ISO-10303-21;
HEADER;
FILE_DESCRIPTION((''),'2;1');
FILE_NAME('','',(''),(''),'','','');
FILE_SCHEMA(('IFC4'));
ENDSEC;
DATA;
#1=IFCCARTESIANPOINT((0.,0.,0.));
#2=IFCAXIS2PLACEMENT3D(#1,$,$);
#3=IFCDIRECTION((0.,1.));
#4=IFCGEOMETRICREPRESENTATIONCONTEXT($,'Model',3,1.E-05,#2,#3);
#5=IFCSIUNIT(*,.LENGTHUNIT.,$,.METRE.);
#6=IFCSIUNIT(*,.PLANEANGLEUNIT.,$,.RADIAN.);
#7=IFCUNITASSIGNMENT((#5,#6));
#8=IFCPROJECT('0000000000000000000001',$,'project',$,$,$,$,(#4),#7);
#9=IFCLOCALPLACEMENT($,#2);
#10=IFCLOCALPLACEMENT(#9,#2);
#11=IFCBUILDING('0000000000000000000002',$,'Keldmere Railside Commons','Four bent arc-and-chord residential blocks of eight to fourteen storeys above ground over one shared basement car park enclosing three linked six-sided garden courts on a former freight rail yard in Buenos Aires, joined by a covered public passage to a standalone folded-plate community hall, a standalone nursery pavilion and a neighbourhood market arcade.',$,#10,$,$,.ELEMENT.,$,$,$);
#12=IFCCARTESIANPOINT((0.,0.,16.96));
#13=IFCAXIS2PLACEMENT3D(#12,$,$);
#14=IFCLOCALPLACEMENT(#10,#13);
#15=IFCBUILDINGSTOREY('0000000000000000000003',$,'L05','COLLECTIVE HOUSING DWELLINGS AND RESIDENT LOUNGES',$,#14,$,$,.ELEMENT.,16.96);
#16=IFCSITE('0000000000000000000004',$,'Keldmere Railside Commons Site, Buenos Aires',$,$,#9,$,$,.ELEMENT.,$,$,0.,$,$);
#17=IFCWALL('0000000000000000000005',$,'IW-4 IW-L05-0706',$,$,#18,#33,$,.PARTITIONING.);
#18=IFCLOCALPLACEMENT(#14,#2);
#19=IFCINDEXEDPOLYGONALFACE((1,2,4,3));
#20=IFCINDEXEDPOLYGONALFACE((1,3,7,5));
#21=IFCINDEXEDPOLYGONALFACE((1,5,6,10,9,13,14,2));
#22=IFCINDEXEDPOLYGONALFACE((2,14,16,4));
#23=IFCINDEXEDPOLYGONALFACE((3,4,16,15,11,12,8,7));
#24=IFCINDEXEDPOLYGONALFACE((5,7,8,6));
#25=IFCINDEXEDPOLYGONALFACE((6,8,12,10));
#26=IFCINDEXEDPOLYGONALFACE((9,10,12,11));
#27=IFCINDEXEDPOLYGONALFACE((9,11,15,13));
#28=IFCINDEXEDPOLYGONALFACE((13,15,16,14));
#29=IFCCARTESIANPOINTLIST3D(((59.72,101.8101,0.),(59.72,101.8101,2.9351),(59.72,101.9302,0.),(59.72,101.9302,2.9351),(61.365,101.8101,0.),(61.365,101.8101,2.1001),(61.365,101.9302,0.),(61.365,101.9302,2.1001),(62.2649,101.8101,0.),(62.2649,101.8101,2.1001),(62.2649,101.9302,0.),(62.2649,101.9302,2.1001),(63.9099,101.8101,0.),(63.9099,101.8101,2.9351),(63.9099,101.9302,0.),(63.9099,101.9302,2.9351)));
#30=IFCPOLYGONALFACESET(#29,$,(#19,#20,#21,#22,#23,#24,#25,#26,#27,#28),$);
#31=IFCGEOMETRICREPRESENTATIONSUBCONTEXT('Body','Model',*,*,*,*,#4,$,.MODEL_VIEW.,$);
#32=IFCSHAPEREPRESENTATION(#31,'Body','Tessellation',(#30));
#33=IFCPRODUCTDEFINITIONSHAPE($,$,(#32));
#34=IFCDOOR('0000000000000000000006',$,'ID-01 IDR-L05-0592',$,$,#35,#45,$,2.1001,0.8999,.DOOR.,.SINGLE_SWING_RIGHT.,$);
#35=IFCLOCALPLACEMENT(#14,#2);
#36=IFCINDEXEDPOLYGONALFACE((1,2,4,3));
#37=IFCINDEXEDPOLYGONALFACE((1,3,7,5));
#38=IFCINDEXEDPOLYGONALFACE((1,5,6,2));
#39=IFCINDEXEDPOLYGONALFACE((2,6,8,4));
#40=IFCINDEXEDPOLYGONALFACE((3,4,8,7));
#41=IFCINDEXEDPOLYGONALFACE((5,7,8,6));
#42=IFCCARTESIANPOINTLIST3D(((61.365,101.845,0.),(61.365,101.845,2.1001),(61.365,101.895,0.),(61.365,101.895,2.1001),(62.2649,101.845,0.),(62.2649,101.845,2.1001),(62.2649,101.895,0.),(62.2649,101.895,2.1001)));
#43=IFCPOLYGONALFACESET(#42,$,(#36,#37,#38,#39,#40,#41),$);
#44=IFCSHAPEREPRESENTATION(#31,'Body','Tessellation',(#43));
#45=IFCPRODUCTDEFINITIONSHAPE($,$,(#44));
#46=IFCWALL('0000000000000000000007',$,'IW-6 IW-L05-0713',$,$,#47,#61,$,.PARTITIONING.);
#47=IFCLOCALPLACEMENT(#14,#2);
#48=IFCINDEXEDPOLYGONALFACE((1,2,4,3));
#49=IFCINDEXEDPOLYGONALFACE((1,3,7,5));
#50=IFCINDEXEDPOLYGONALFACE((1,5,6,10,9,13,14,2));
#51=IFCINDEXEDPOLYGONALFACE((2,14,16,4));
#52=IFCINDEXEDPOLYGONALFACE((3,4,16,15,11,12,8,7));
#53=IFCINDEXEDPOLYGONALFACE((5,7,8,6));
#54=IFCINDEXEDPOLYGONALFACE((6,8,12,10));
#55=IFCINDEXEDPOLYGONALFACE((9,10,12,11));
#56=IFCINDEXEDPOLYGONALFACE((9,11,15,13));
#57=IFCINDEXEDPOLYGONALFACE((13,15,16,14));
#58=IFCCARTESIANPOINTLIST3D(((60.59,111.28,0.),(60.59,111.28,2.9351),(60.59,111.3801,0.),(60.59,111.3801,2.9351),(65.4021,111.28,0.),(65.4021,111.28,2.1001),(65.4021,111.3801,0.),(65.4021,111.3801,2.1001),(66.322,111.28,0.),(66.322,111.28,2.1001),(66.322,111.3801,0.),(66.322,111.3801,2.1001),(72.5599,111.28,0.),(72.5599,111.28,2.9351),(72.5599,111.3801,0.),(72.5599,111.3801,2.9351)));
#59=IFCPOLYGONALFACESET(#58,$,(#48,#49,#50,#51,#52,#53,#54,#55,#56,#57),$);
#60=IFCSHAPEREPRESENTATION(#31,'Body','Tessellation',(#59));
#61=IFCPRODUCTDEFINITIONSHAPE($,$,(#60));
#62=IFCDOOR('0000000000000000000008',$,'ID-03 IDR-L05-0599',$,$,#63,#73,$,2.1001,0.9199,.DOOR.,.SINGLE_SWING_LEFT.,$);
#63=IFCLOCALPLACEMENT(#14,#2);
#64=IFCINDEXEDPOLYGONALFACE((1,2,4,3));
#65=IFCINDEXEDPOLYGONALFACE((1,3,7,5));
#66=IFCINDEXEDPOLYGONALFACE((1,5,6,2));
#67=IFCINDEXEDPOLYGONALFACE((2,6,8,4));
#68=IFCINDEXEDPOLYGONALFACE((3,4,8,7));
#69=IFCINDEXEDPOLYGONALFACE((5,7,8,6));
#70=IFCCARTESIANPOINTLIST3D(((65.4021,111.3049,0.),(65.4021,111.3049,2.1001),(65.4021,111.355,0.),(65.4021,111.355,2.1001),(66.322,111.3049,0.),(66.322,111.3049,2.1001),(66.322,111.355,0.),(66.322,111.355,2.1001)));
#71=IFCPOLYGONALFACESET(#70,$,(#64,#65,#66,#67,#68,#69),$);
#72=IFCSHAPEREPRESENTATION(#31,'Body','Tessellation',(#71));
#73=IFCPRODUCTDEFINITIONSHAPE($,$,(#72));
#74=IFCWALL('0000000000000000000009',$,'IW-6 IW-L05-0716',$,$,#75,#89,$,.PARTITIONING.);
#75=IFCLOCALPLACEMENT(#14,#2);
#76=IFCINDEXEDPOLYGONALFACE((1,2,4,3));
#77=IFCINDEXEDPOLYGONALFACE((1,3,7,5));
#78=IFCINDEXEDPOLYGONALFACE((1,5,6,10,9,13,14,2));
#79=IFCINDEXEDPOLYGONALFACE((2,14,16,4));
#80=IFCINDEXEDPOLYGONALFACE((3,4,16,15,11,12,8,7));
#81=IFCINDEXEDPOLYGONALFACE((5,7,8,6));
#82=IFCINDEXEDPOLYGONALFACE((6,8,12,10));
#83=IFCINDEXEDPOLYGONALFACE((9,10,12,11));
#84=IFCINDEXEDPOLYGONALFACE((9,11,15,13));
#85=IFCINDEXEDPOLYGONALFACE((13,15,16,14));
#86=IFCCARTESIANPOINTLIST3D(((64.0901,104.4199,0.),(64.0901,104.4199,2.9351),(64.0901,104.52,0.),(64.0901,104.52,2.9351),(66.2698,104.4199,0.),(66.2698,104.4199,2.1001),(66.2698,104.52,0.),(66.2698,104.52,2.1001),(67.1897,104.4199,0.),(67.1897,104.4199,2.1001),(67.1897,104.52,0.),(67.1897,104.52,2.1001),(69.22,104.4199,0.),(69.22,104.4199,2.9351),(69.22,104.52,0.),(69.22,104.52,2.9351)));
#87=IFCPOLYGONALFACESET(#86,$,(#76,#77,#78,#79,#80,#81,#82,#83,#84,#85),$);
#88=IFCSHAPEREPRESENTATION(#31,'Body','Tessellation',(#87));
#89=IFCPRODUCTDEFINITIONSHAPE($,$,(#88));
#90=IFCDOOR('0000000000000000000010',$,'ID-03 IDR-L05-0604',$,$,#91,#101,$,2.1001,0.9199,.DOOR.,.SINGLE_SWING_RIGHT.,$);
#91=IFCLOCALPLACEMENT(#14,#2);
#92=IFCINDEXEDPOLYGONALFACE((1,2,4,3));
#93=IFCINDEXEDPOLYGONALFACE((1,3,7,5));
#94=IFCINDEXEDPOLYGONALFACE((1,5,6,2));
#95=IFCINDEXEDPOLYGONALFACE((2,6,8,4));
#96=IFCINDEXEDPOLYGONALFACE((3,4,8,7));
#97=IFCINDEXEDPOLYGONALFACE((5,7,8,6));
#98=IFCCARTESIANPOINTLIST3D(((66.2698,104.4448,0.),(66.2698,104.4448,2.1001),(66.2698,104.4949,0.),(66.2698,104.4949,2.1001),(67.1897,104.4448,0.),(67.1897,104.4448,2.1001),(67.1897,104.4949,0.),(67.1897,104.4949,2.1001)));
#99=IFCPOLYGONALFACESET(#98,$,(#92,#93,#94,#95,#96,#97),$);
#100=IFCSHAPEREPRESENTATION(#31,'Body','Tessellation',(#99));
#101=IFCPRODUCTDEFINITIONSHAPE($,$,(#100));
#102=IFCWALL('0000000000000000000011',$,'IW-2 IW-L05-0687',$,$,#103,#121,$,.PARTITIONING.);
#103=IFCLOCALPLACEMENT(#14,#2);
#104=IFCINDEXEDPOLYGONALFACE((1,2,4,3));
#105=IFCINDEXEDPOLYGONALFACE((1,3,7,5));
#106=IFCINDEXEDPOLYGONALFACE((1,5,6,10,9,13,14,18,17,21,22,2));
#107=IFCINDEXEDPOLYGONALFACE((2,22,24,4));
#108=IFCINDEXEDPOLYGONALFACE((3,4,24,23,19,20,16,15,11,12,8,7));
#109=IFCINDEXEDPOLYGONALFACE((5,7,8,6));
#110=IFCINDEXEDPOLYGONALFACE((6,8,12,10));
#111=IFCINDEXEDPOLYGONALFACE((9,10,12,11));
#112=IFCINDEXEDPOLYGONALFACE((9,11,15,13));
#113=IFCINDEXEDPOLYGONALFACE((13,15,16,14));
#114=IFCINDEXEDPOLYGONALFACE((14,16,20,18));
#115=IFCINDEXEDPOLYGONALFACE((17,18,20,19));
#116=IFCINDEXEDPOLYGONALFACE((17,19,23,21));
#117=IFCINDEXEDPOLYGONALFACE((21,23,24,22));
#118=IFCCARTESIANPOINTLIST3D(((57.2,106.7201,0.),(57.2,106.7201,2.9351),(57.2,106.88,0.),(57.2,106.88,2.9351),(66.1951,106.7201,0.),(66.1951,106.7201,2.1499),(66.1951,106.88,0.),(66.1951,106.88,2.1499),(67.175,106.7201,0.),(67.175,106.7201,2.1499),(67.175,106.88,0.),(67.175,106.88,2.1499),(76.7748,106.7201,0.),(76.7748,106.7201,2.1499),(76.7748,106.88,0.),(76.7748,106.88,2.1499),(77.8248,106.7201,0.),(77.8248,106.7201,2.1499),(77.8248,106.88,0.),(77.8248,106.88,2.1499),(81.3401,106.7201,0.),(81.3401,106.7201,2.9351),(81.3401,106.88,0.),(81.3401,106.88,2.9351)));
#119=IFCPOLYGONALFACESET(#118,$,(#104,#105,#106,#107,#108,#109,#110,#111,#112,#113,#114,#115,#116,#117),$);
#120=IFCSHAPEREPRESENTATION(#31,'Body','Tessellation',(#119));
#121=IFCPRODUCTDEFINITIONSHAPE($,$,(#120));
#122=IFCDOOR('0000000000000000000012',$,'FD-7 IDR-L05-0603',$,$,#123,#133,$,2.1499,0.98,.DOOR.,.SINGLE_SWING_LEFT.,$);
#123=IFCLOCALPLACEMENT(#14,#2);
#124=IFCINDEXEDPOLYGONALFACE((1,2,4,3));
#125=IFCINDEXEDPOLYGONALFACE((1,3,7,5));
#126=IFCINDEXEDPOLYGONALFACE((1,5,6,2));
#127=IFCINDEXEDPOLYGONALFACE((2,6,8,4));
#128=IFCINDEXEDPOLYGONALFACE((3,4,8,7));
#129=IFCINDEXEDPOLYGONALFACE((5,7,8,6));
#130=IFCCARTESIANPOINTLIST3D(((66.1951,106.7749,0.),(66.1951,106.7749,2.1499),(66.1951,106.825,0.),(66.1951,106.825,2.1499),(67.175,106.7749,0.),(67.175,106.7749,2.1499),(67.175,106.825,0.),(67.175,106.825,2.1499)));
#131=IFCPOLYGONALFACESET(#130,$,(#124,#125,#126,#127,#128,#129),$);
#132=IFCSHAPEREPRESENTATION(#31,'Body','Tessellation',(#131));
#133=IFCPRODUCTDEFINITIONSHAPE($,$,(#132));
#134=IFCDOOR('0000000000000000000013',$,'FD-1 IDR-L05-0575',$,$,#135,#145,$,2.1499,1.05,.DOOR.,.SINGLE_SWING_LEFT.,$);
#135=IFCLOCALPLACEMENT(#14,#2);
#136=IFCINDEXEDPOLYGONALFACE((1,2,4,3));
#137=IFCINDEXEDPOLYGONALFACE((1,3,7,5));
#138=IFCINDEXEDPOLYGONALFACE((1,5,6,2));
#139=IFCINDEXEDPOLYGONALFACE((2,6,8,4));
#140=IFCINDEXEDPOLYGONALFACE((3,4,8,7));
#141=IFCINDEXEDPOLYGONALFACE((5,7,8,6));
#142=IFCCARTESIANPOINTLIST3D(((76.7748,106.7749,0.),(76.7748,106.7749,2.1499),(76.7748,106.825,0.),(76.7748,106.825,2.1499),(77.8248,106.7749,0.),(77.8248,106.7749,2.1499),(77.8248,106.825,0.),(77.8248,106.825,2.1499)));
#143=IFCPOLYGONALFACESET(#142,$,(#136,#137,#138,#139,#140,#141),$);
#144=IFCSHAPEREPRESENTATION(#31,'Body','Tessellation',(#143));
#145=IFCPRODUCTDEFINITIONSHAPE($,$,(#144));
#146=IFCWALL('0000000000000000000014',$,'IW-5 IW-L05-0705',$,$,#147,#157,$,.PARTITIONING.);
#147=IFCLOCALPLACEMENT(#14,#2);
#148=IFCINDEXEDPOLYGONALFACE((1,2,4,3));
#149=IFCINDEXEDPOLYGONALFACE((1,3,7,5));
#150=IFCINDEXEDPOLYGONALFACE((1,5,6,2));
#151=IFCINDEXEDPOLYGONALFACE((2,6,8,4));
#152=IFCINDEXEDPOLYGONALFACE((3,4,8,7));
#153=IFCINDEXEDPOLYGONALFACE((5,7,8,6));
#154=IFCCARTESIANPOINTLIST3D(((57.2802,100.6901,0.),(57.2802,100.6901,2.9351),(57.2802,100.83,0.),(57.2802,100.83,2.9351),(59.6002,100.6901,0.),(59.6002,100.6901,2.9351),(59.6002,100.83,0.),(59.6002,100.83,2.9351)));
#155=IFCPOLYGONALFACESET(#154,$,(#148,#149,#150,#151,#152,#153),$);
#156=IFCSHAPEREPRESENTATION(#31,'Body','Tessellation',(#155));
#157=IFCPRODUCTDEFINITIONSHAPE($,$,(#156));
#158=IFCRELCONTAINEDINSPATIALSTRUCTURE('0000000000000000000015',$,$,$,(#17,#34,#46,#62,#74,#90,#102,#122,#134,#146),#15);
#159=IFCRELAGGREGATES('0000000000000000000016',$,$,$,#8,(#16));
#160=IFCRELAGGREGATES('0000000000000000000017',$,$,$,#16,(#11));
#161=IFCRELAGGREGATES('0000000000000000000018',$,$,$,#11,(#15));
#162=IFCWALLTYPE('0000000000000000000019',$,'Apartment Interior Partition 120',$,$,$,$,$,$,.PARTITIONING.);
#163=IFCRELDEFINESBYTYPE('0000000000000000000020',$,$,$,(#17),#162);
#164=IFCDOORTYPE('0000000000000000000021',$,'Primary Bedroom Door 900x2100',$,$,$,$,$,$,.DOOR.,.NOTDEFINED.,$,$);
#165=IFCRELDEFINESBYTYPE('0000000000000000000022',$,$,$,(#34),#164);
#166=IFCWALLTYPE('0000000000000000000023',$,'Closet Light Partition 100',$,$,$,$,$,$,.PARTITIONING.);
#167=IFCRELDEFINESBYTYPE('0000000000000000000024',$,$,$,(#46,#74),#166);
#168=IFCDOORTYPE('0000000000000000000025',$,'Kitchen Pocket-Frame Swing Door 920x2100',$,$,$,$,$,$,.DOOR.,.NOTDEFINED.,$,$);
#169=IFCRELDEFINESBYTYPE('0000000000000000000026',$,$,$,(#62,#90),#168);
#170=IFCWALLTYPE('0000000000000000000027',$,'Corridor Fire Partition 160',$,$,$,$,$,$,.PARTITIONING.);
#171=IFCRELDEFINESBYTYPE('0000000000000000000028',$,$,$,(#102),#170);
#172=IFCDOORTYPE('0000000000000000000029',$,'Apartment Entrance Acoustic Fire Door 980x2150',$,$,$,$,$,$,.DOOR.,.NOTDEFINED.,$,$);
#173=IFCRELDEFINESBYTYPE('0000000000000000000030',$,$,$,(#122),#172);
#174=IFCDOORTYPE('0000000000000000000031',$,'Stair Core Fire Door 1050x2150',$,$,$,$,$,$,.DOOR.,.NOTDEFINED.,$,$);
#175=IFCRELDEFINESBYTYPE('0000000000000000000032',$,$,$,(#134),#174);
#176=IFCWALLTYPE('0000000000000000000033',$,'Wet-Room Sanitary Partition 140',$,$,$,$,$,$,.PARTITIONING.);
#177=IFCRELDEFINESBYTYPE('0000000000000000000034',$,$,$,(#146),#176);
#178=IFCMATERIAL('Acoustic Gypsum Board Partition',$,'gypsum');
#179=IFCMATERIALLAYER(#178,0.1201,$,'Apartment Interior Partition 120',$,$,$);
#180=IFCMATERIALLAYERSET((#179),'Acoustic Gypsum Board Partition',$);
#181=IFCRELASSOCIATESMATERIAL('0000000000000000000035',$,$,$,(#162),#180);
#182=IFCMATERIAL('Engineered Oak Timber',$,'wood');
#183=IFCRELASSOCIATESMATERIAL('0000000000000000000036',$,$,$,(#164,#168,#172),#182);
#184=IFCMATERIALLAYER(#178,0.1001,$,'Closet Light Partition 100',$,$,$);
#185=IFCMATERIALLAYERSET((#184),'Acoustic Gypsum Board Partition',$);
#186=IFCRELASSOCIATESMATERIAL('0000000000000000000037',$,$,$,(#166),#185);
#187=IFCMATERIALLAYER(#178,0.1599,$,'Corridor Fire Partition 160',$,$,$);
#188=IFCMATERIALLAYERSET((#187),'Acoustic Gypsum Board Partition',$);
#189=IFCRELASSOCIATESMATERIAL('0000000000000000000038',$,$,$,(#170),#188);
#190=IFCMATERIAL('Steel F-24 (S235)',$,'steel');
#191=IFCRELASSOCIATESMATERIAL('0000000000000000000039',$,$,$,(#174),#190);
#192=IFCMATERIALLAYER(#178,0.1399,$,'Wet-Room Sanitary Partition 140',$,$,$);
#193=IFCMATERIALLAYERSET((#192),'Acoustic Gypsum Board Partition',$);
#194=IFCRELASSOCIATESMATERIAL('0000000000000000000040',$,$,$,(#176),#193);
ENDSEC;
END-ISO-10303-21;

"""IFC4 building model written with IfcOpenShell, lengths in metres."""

from ifc_helpers import new_model, si_unit, direction, frame, frame_2d, origin, place, context, subcontext, project, spatial, rectangle, extrude, material, layer, layer_set, type_object, element, fill, save


model = new_model("IFC4")

# Units and contexts
model_context = context("Model", 3, precision=1e-05, world=origin(), true_north=direction((0.0, 1.0)))
body_context = subcontext(model_context, "Body", "Model", "MODEL_VIEW")
ifc_project = project(units=[si_unit("LENGTHUNIT", "METRE"), si_unit("PLANEANGLEUNIT", "RADIAN")], contexts=[model_context])

# Site, building, storey
site_placement = place(None, origin())
site = spatial("IfcSite", under=ifc_project, at=site_placement, Name="Keldmere Railside Commons Site, Buenos Aires", CompositionType="ELEMENT", RefElevation=0.0)
building_placement = place(site_placement, origin())
building = spatial("IfcBuilding", under=site, at=building_placement, Name="Keldmere Railside Commons", Description="Four bent arc-and-chord residential blocks of eight to fourteen storeys above ground over one shared basement car park enclosing three linked six-sided garden courts on a former freight rail yard in Buenos Aires, joined by a covered public passage to a standalone folded-plate community hall, a standalone nursery pavilion and a neighbourhood market arcade.", CompositionType="ELEMENT")
storey_placement = place(building_placement, frame((0.0, 0.0, 16.96)))
storey = spatial("IfcBuildingStorey", under=building, at=storey_placement, Name="L05", Description="COLLECTIVE HOUSING DWELLINGS AND RESIDENT LOUNGES", CompositionType="ELEMENT", Elevation=16.96)

# Shared definitions
ifc_material_1 = material(Name="Acoustic Gypsum Board Partition", Category="gypsum")

# Walls, openings, doors
ifc_layer_1 = layer(ifc_material_1, 0.1201, Name="Apartment Interior Partition 120")
ifc_layer_set_1 = layer_set([ifc_layer_1], Name="Acoustic Gypsum Board Partition")
wall_type_1 = type_object("IfcWallType", Name="Apartment Interior Partition 120", PredefinedType="PARTITIONING", material=ifc_layer_set_1)
wall_1_placement = place(storey_placement, frame((59.72, 101.8701, 0.0), z_axis=(0.0, 0.0, 1.0), x_axis=(1.0, 0.0, 0.0)))
wall_1 = element("IfcWall", 1, at=wall_1_placement, inside=storey, type_object=wall_type_1, Name="IW-4 IW-L05-0706", PredefinedType="PARTITIONING", context=body_context, shape_type="SweptSolid", body=[
    extrude(rectangle(XDim=4.1899, YDim=0.1201, at=frame_2d((2.095, 0.0))), origin(), (0.0, 0.0, 1.0), 2.9351),
])
opening_1_placement = place(wall_1_placement, frame((1.645, 0.0, 0.0)))
opening_1 = element("IfcOpeningElement", 2, at=opening_1_placement, cuts=wall_1, PredefinedType="OPENING", context=body_context, shape_type="SweptSolid", body=[
    extrude(rectangle(XDim=0.8999, YDim=2.1001, at=frame_2d((0.45, 1.05))), frame((0.0, 0.0701, 0.0), z_axis=(0.0, -1.0, 0.0), x_axis=(1.0, 0.0, 0.0)), (0.0, 0.0, 1.0), 0.1401),
])
ifc_material_2 = material(Name="Engineered Oak Timber", Category="wood")
door_type_1 = type_object("IfcDoorType", Name="Primary Bedroom Door 900x2100", OperationType="NOTDEFINED", PredefinedType="DOOR", material=ifc_material_2)
door_1_placement = place(opening_1_placement, origin())
door_1 = element("IfcDoor", 3, at=door_1_placement, inside=storey, type_object=door_type_1, Name="ID-01 IDR-L05-0592", OperationType="SINGLE_SWING_RIGHT", OverallHeight=2.1001, OverallWidth=0.8999, PredefinedType="DOOR", context=body_context, shape_type="SweptSolid", body=[
    extrude(rectangle(XDim=0.8999, YDim=2.1001, at=frame_2d((0.45, 1.05))), frame((0.0, 0.0249, 0.0), z_axis=(0.0, -1.0, 0.0), x_axis=(1.0, 0.0, 0.0)), (0.0, 0.0, 1.0), 0.05),
])
fill(opening_1, door_1)
ifc_layer_2 = layer(ifc_material_1, 0.1001, Name="Closet Light Partition 100")
ifc_layer_set_2 = layer_set([ifc_layer_2], Name="Acoustic Gypsum Board Partition")
wall_type_2 = type_object("IfcWallType", Name="Closet Light Partition 100", PredefinedType="PARTITIONING", material=ifc_layer_set_2)
wall_2_placement = place(storey_placement, frame((60.5901, 111.3301, 0.0), z_axis=(0.0, 0.0, 1.0), x_axis=(1.0, 0.0, 0.0)))
wall_2 = element("IfcWall", 4, at=wall_2_placement, inside=storey, type_object=wall_type_2, Name="IW-6 IW-L05-0713", PredefinedType="PARTITIONING", context=body_context, shape_type="SweptSolid", body=[
    extrude(rectangle(XDim=11.97, YDim=0.1001, at=frame_2d((5.9849, 0.0))), origin(), (0.0, 0.0, 1.0), 2.9351),
])
opening_2_placement = place(wall_2_placement, frame((4.812, 0.0, 0.0)))
opening_2 = element("IfcOpeningElement", 5, at=opening_2_placement, cuts=wall_2, PredefinedType="OPENING", context=body_context, shape_type="SweptSolid", body=[
    extrude(rectangle(XDim=0.9199, YDim=2.1001, at=frame_2d((0.46, 1.05))), frame((0.0, 0.0601, 0.0), z_axis=(0.0, -1.0, 0.0), x_axis=(1.0, 0.0, 0.0)), (0.0, 0.0, 1.0), 0.1201),
])
door_type_2 = type_object("IfcDoorType", Name="Kitchen Pocket-Frame Swing Door 920x2100", OperationType="NOTDEFINED", PredefinedType="DOOR", material=ifc_material_2)
door_2_placement = place(opening_2_placement, origin())
door_2 = element("IfcDoor", 6, at=door_2_placement, inside=storey, type_object=door_type_2, Name="ID-03 IDR-L05-0599", OperationType="SINGLE_SWING_LEFT", OverallHeight=2.1001, OverallWidth=0.9199, PredefinedType="DOOR", context=body_context, shape_type="SweptSolid", body=[
    extrude(rectangle(XDim=0.9199, YDim=2.1001, at=frame_2d((0.46, 1.05))), frame((0.0, 0.0249, 0.0), z_axis=(0.0, -1.0, 0.0), x_axis=(1.0, 0.0, 0.0)), (0.0, 0.0, 1.0), 0.05),
])
fill(opening_2, door_2)
wall_3_placement = place(storey_placement, frame((64.0901, 104.47, 0.0), z_axis=(0.0, 0.0, 1.0), x_axis=(1.0, 0.0, 0.0)))
wall_3 = element("IfcWall", 7, at=wall_3_placement, inside=storey, type_object=wall_type_2, Name="IW-6 IW-L05-0716", PredefinedType="PARTITIONING", context=body_context, shape_type="SweptSolid", body=[
    extrude(rectangle(XDim=5.1299, YDim=0.1001, at=frame_2d((2.5649, 0.0))), origin(), (0.0, 0.0, 1.0), 2.9351),
])
opening_3_placement = place(wall_3_placement, frame((2.1797, 0.0, 0.0)))
opening_3 = element("IfcOpeningElement", 8, at=opening_3_placement, cuts=wall_3, PredefinedType="OPENING", context=body_context, shape_type="SweptSolid", body=[
    extrude(rectangle(XDim=0.9199, YDim=2.1001, at=frame_2d((0.46, 1.05))), frame((0.0, 0.0601, 0.0), z_axis=(0.0, -1.0, 0.0), x_axis=(1.0, 0.0, 0.0)), (0.0, 0.0, 1.0), 0.1201),
])
door_3_placement = place(opening_3_placement, origin())
door_3 = element("IfcDoor", 9, at=door_3_placement, inside=storey, type_object=door_type_2, Name="ID-03 IDR-L05-0604", OperationType="SINGLE_SWING_RIGHT", OverallHeight=2.1001, OverallWidth=0.9199, PredefinedType="DOOR", context=body_context, shape_type="SweptSolid", body=[
    extrude(rectangle(XDim=0.9199, YDim=2.1001, at=frame_2d((0.46, 1.05))), frame((0.0, 0.0249, 0.0), z_axis=(0.0, -1.0, 0.0), x_axis=(1.0, 0.0, 0.0)), (0.0, 0.0, 1.0), 0.05),
])
fill(opening_3, door_3)

# Wall, openings, doors
ifc_layer_3 = layer(ifc_material_1, 0.1599, Name="Corridor Fire Partition 160")
ifc_layer_set_3 = layer_set([ifc_layer_3], Name="Acoustic Gypsum Board Partition")
wall_type_3 = type_object("IfcWallType", Name="Corridor Fire Partition 160", PredefinedType="PARTITIONING", material=ifc_layer_set_3)
wall_4_placement = place(storey_placement, frame((57.2, 106.8, 0.0), z_axis=(0.0, 0.0, 1.0), x_axis=(1.0, 0.0, 0.0)))
wall_4 = element("IfcWall", 10, at=wall_4_placement, inside=storey, type_object=wall_type_3, Name="IW-2 IW-L05-0687", PredefinedType="PARTITIONING", context=body_context, shape_type="SweptSolid", body=[
    extrude(rectangle(XDim=24.1401, YDim=0.1599, at=frame_2d((12.0701, 0.0))), origin(), (0.0, 0.0, 1.0), 2.9351),
])
opening_4_placement = place(wall_4_placement, frame((19.575, 0.0, 0.0)))
opening_4 = element("IfcOpeningElement", 11, at=opening_4_placement, cuts=wall_4, PredefinedType="OPENING", context=body_context, shape_type="SweptSolid", body=[
    extrude(rectangle(XDim=1.05, YDim=2.1499, at=frame_2d((0.5249, 1.075))), frame((0.0, 0.0898, 0.0), z_axis=(0.0, -1.0, 0.0), x_axis=(1.0, 0.0, 0.0)), (0.0, 0.0, 1.0), 0.1799),
])
opening_5_placement = place(wall_4_placement, frame((8.9951, 0.0, 0.0)))
opening_5 = element("IfcOpeningElement", 12, at=opening_5_placement, cuts=wall_4, PredefinedType="OPENING", context=body_context, shape_type="SweptSolid", body=[
    extrude(rectangle(XDim=0.98, YDim=2.1499, at=frame_2d((0.49, 1.075))), frame((0.0, 0.0898, 0.0), z_axis=(0.0, -1.0, 0.0), x_axis=(1.0, 0.0, 0.0)), (0.0, 0.0, 1.0), 0.1799),
])
door_type_3 = type_object("IfcDoorType", Name="Apartment Entrance Acoustic Fire Door 980x2150", OperationType="NOTDEFINED", PredefinedType="DOOR", material=ifc_material_2)
door_4_placement = place(opening_5_placement, origin())
door_4 = element("IfcDoor", 13, at=door_4_placement, inside=storey, type_object=door_type_3, Name="FD-7 IDR-L05-0603", OperationType="SINGLE_SWING_LEFT", OverallHeight=2.1499, OverallWidth=0.98, PredefinedType="DOOR", context=body_context, shape_type="SweptSolid", body=[
    extrude(rectangle(XDim=0.98, YDim=2.1499, at=frame_2d((0.49, 1.075))), frame((0.0, 0.0249, 0.0), z_axis=(0.0, -1.0, 0.0), x_axis=(1.0, 0.0, 0.0)), (0.0, 0.0, 1.0), 0.05),
])
fill(opening_5, door_4)
ifc_material_3 = material(Name="Steel F-24 (S235)", Category="steel")
door_type_4 = type_object("IfcDoorType", Name="Stair Core Fire Door 1050x2150", OperationType="NOTDEFINED", PredefinedType="DOOR", material=ifc_material_3)
door_5_placement = place(opening_4_placement, origin())
door_5 = element("IfcDoor", 14, at=door_5_placement, inside=storey, type_object=door_type_4, Name="FD-1 IDR-L05-0575", OperationType="SINGLE_SWING_LEFT", OverallHeight=2.1499, OverallWidth=1.05, PredefinedType="DOOR", context=body_context, shape_type="SweptSolid", body=[
    extrude(rectangle(XDim=1.05, YDim=2.1499, at=frame_2d((0.5249, 1.075))), frame((0.0, 0.0249, 0.0), z_axis=(0.0, -1.0, 0.0), x_axis=(1.0, 0.0, 0.0)), (0.0, 0.0, 1.0), 0.05),
])
fill(opening_4, door_5)

# Wall
ifc_layer_4 = layer(ifc_material_1, 0.1399, Name="Wet-Room Sanitary Partition 140")
ifc_layer_set_4 = layer_set([ifc_layer_4], Name="Acoustic Gypsum Board Partition")
wall_type_4 = type_object("IfcWallType", Name="Wet-Room Sanitary Partition 140", PredefinedType="PARTITIONING", material=ifc_layer_set_4)
wall_5_placement = place(storey_placement, frame((57.28, 100.76, 0.0), z_axis=(0.0, 0.0, 1.0), x_axis=(1.0, 0.0, 0.0)))
element("IfcWall", 15, at=wall_5_placement, inside=storey, type_object=wall_type_4, Name="IW-5 IW-L05-0705", PredefinedType="PARTITIONING", context=body_context, shape_type="SweptSolid", body=[
    extrude(rectangle(XDim=2.3201, YDim=0.1399, at=frame_2d((1.1602, 0.0))), origin(), (0.0, 0.0, 1.0), 2.9351),
])

save(model, "model.ifc")
